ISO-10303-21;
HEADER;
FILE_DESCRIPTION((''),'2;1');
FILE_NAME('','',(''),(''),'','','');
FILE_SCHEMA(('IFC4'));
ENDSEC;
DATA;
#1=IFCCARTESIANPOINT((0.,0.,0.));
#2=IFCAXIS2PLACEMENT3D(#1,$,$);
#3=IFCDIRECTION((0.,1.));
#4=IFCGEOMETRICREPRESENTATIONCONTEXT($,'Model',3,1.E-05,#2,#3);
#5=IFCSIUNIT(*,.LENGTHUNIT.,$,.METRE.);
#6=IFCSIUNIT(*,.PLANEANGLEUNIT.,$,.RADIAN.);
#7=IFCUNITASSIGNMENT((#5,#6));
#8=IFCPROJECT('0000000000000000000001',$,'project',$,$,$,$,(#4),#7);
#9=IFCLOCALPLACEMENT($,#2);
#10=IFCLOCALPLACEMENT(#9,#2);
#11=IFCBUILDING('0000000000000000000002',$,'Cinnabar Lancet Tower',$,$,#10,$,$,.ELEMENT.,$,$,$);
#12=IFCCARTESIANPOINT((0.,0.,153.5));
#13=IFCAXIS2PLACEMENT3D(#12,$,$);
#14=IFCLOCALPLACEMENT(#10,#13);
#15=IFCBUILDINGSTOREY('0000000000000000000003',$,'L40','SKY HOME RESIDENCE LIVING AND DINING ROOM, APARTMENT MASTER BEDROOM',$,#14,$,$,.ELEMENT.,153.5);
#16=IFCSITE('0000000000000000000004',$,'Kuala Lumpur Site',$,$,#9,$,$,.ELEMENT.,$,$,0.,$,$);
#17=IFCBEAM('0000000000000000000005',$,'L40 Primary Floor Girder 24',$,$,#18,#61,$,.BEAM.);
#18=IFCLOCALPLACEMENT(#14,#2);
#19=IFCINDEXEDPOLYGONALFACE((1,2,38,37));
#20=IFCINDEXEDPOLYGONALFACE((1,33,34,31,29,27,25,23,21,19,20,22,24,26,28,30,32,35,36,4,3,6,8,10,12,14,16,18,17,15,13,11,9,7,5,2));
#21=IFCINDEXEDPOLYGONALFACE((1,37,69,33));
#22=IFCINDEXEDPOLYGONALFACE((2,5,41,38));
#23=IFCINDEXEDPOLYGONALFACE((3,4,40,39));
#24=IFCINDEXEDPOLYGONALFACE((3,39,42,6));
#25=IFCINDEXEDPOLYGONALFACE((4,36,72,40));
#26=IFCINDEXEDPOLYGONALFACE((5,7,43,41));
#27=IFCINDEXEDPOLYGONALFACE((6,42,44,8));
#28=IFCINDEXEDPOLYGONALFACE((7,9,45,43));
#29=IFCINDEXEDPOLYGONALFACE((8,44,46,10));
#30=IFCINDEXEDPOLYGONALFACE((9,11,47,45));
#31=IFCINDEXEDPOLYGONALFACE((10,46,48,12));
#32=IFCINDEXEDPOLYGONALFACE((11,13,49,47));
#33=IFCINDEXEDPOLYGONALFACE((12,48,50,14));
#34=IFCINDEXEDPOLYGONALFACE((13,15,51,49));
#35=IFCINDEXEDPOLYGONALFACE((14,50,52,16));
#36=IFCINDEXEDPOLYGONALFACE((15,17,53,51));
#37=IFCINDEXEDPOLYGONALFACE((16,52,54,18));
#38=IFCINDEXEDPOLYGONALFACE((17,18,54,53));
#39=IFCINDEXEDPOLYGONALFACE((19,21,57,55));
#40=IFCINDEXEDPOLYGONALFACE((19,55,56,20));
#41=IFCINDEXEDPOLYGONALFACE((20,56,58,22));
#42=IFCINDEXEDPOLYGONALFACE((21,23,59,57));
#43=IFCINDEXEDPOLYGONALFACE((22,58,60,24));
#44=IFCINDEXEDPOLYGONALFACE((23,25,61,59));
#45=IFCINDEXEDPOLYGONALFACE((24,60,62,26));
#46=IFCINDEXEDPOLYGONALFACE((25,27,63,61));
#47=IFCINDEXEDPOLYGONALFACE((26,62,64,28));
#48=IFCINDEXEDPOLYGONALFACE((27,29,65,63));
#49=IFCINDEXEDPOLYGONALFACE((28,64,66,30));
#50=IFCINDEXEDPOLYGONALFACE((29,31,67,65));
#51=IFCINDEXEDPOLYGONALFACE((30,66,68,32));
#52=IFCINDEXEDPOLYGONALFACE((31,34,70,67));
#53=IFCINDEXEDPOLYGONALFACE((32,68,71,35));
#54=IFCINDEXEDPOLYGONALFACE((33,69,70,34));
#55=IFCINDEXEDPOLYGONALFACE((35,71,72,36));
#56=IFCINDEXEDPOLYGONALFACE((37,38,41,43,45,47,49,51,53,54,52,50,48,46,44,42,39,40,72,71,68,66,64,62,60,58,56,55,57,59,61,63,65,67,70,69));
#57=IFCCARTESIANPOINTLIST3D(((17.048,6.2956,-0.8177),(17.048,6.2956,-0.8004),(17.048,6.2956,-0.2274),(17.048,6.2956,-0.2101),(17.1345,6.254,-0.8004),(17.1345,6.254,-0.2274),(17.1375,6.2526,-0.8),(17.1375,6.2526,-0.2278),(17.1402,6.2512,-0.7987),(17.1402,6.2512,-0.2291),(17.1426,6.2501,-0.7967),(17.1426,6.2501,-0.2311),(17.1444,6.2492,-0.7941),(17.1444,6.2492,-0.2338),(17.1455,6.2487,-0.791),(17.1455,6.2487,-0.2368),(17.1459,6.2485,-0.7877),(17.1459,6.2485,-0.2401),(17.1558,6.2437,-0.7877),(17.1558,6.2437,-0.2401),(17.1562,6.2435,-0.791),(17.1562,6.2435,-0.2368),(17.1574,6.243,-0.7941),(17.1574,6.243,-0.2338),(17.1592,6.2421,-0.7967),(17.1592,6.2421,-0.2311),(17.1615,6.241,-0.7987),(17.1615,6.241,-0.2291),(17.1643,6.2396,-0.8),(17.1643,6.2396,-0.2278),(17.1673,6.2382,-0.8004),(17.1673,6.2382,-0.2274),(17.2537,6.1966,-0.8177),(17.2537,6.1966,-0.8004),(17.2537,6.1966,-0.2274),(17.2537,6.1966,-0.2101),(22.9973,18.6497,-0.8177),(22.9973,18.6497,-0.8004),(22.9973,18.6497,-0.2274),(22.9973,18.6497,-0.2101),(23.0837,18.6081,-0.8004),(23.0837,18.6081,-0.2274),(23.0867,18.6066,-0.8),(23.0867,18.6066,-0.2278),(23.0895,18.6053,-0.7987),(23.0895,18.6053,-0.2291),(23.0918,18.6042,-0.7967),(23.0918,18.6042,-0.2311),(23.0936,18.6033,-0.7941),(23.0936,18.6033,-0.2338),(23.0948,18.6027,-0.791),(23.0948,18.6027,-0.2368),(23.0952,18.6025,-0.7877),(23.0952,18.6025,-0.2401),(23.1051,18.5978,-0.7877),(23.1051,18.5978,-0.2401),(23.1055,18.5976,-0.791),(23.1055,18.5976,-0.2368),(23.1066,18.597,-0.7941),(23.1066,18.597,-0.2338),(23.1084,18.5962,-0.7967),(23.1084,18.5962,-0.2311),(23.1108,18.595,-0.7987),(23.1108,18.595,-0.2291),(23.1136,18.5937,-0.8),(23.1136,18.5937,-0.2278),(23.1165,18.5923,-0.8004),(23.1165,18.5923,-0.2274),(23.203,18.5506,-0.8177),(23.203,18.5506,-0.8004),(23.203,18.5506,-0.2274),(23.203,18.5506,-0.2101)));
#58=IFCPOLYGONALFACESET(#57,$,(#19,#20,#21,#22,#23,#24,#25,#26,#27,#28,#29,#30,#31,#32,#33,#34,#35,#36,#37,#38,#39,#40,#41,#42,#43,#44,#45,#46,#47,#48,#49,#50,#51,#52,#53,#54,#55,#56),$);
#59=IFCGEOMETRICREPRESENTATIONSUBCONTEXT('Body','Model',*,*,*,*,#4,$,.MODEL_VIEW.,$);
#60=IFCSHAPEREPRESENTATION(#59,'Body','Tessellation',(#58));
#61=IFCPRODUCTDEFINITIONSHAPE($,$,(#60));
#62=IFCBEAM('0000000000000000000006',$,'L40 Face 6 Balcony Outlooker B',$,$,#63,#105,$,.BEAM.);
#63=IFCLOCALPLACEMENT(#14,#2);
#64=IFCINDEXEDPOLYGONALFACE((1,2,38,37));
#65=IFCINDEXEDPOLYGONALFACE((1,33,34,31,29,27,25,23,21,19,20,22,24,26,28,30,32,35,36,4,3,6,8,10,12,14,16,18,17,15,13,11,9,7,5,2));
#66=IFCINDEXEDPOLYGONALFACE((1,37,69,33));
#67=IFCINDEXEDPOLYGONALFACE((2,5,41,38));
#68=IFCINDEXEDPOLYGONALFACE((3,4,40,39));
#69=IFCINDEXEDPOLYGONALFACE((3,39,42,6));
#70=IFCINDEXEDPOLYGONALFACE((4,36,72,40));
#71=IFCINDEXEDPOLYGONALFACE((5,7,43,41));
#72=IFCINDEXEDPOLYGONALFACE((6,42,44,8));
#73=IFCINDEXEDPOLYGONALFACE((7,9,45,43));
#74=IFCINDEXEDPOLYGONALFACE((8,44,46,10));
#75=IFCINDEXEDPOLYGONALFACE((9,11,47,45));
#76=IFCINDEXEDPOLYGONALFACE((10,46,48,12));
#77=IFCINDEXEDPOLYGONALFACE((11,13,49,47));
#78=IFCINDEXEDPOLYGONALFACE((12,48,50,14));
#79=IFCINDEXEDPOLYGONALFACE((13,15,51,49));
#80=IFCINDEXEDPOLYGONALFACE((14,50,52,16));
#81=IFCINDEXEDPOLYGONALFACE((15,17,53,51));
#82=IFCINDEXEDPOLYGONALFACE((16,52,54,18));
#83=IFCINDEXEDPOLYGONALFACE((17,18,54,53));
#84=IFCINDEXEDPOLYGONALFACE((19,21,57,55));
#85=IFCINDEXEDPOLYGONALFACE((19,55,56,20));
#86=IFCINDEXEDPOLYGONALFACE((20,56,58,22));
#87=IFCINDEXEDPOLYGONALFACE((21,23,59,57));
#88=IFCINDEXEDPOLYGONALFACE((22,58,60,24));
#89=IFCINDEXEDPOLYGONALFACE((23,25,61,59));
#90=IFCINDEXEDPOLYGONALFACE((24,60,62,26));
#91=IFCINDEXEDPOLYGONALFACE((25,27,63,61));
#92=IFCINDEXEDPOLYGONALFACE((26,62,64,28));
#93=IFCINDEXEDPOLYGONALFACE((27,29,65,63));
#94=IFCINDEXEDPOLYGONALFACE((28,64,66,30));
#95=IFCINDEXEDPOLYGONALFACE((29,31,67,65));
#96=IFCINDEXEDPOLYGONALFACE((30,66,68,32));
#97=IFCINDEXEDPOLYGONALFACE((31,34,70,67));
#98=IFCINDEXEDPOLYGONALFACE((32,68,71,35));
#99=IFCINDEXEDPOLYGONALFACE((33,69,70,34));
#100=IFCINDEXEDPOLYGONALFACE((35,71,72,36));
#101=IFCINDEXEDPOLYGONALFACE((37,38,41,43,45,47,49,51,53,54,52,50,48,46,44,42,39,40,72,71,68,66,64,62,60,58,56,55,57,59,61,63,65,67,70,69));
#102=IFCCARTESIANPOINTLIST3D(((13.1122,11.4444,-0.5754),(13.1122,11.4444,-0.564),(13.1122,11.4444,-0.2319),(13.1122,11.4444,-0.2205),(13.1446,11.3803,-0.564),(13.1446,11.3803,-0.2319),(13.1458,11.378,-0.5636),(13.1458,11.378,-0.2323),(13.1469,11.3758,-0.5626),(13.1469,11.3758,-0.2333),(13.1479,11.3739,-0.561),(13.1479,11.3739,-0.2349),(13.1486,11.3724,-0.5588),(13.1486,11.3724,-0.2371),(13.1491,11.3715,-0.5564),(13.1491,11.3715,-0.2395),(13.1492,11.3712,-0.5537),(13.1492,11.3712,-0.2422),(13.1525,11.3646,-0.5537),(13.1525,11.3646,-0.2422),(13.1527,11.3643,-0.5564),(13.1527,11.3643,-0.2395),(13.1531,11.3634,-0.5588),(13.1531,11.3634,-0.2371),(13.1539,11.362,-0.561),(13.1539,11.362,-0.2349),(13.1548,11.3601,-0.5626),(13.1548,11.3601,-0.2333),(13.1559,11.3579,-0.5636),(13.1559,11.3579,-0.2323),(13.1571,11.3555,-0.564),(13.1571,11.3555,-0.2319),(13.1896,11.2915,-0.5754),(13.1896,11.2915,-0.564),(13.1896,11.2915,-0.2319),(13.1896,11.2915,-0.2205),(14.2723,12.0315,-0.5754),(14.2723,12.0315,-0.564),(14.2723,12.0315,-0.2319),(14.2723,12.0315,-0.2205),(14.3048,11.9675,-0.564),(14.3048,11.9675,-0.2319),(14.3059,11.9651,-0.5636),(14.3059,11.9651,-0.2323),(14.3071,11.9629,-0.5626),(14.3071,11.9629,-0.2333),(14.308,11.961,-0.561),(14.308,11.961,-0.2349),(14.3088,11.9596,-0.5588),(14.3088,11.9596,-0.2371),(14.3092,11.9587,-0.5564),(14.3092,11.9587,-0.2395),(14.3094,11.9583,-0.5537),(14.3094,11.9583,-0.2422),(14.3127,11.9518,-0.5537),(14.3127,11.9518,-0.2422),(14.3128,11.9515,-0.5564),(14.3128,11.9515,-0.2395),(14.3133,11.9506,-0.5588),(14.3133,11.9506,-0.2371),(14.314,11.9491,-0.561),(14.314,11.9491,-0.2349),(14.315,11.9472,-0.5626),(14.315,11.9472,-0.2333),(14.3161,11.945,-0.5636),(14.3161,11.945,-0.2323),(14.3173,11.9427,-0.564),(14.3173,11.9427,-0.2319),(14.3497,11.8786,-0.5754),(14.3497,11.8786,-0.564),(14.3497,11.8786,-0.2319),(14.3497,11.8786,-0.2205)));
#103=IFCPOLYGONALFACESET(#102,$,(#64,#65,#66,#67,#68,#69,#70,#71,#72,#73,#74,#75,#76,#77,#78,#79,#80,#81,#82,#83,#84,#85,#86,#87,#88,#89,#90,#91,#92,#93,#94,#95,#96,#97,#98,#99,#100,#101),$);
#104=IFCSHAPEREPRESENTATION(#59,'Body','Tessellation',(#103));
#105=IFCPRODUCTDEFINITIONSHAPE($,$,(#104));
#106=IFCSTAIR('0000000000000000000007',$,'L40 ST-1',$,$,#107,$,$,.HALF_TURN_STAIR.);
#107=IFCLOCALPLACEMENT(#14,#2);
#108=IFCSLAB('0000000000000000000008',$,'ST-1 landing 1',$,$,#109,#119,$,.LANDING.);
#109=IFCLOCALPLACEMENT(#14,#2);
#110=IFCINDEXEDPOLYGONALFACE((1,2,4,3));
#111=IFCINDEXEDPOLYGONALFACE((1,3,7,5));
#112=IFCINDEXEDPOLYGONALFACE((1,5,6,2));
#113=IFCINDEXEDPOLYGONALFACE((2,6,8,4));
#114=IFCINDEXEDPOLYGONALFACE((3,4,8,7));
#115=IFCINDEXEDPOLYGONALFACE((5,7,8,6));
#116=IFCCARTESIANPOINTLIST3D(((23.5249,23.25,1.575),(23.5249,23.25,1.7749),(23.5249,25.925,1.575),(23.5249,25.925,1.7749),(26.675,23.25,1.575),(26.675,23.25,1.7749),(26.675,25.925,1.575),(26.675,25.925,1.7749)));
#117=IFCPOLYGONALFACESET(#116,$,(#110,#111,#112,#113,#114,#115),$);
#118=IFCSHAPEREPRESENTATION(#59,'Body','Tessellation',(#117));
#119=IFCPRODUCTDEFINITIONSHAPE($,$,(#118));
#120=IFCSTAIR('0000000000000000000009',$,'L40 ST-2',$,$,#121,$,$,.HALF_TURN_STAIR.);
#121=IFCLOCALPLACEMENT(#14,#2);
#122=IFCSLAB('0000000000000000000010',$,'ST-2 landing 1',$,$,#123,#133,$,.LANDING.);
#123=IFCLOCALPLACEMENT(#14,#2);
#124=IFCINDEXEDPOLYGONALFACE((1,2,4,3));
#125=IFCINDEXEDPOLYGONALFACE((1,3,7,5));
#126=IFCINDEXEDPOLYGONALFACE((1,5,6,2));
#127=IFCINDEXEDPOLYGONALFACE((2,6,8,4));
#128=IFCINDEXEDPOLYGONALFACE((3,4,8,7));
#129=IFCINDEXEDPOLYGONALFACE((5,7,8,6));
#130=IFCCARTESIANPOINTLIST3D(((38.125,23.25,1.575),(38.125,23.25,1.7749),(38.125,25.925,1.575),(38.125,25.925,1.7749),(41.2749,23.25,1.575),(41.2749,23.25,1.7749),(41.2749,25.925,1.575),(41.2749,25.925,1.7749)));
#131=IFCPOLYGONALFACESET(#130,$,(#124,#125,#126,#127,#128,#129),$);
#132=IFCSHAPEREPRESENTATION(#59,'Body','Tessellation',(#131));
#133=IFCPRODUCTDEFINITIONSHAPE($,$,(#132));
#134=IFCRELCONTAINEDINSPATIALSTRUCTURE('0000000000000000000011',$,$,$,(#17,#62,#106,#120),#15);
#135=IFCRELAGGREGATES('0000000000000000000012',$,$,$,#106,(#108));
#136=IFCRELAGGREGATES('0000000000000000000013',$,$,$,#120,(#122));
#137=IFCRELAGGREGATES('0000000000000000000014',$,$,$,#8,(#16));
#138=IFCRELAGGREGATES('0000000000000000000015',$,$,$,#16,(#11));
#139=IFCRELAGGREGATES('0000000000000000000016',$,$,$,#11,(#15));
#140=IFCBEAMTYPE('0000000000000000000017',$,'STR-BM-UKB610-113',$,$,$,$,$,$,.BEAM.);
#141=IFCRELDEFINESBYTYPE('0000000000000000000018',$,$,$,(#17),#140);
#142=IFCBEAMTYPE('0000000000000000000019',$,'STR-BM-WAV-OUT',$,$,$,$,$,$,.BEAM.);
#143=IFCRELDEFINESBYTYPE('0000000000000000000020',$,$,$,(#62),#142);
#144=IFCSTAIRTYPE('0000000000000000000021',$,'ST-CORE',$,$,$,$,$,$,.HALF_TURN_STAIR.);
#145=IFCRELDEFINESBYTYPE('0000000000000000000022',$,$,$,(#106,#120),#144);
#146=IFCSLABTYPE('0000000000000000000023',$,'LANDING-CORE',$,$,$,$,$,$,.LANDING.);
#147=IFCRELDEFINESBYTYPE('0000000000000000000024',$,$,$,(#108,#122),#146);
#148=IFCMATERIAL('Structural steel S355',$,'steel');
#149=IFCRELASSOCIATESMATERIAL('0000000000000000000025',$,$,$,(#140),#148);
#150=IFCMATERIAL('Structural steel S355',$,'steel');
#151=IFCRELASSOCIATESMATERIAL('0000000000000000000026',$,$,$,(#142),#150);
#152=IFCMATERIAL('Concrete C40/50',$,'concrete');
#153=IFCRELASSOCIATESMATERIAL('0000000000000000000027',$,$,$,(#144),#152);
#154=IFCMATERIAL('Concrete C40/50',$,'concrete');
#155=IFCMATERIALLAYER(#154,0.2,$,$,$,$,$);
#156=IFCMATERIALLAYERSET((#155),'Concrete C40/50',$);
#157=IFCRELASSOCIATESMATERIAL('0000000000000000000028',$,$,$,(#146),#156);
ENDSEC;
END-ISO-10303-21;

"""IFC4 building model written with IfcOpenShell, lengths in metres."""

from ifc_helpers import new_model, si_unit, direction, frame, origin, origin_2d, place, context, subcontext, project, spatial, polyline, i_section, outline, extrude, material, layer, layer_set, material_profile, profile_set, type_object, element, aggregate, save


model = new_model("IFC4")

# Units and contexts
model_context = context("Model", 3, precision=1e-05, world=origin(), true_north=direction((0.0, 1.0)))
body_context = subcontext(model_context, "Body", "Model", "MODEL_VIEW")
ifc_project = project(units=[si_unit("LENGTHUNIT", "METRE"), si_unit("PLANEANGLEUNIT", "RADIAN")], contexts=[model_context])

# Site, building, storey
site_placement = place(None, origin())
site = spatial("IfcSite", under=ifc_project, at=site_placement, Name="Kuala Lumpur Site", CompositionType="ELEMENT", RefElevation=0.0)
building_placement = place(site_placement, origin())
building = spatial("IfcBuilding", under=site, at=building_placement, Name="Cinnabar Lancet Tower", CompositionType="ELEMENT")
storey_placement = place(building_placement, frame((0.0, 0.0, 153.5)))
storey = spatial("IfcBuildingStorey", under=building, at=storey_placement, Name="L40", Description="SKY HOME RESIDENCE LIVING AND DINING ROOM, APARTMENT MASTER BEDROOM", CompositionType="ELEMENT", Elevation=153.5)

# Beams
ifc_material_1 = material(Name="Structural steel S355", Category="steel")
ifc_material_profile_1 = material_profile(ifc_material_1, i_section(OverallWidth=0.2283, OverallDepth=0.6077, WebThickness=0.011, FlangeThickness=0.0173, FilletRadius=0.0127, at=origin_2d()), Name="UKB 610x229x113")
ifc_profile_set_1 = profile_set([ifc_material_profile_1], Name="Structural steel S355")
beam_type_1 = type_object("IfcBeamType", Name="STR-BM-UKB610-113", PredefinedType="BEAM", material=ifc_profile_set_1)
beam_1_placement = place(storey_placement, frame((17.1509, 6.2461, -0.5139), z_axis=(0.433875, 0.900973, 0.0), x_axis=(-0.900973, 0.433875, 0.0)))
element("IfcBeam", 1, at=beam_1_placement, inside=storey, type_object=beam_type_1, Name="L40 Primary Floor Girder 24", PredefinedType="BEAM", context=body_context, shape_type="SweptSolid", body=[
    extrude(i_section(OverallWidth=0.2283, OverallDepth=0.6077, WebThickness=0.011, FlangeThickness=0.0173, FilletRadius=0.0127, at=origin_2d()), origin(), (0.0, 0.0, 1.0), 13.7119),
])
ifc_material_2 = material(Name="Structural steel S355", Category="steel")
ifc_material_profile_2 = material_profile(ifc_material_2, i_section(OverallWidth=0.1714, OverallDepth=0.355, WebThickness=0.0073, FlangeThickness=0.0115, FilletRadius=0.0103, at=origin_2d()), Name="UKB 356x171x51")
ifc_profile_set_2 = profile_set([ifc_material_profile_2], Name="Structural steel S355")
beam_type_2 = type_object("IfcBeamType", Name="STR-BM-WAV-OUT", PredefinedType="BEAM", material=ifc_profile_set_2)
beam_2_placement = place(storey_placement, frame((14.311, 11.9551, -0.3979), z_axis=(-0.892239, -0.451564, 0.0), x_axis=(0.451564, -0.892239, 0.0)))
element("IfcBeam", 2, at=beam_2_placement, inside=storey, type_object=beam_type_2, Name="L40 Face 6 Balcony Outlooker B", PredefinedType="BEAM", context=body_context, shape_type="SweptSolid", body=[
    extrude(i_section(OverallWidth=0.1714, OverallDepth=0.355, WebThickness=0.0073, FlangeThickness=0.0115, FilletRadius=0.0103, at=origin_2d()), origin(), (0.0, 0.0, 1.0), 1.3003),
])

# Stairs, slabs
ifc_material_3 = material(Name="Concrete C40/50", Category="concrete")
stair_type = type_object("IfcStairType", Name="ST-CORE", PredefinedType="HALF_TURN_STAIR", material=ifc_material_3)
stair_1_placement = place(storey_placement, origin())
stair_1 = element("IfcStair", 3, at=stair_1_placement, inside=storey, type_object=stair_type, Name="L40 ST-1", PredefinedType="HALF_TURN_STAIR")
ifc_material_4 = material(Name="Concrete C40/50", Category="concrete")
ifc_layer_1 = layer(ifc_material_4, 0.2)
ifc_layer_set_1 = layer_set([ifc_layer_1], Name="Concrete C40/50")
slab_type_1 = type_object("IfcSlabType", Name="LANDING-CORE", PredefinedType="LANDING", material=ifc_layer_set_1)
slab_1_placement = place(storey_placement, frame((0.0, 0.0, 1.575)))
slab_1 = element("IfcSlab", 4, at=slab_1_placement, type_object=slab_type_1, Name="ST-1 landing 1", PredefinedType="LANDING", context=body_context, shape_type="SweptSolid", body=[
    extrude(outline(polyline([(23.5249, 25.925), (23.5249, 23.25), (26.675, 23.25), (26.675, 25.925), (23.5249, 25.925)])), origin(), (0.0, 0.0, 1.0), 0.2),
])
aggregate(stair_1, [slab_1])
stair_2_placement = place(storey_placement, origin())
stair_2 = element("IfcStair", 5, at=stair_2_placement, inside=storey, type_object=stair_type, Name="L40 ST-2", PredefinedType="HALF_TURN_STAIR")
slab_2_placement = place(storey_placement, frame((0.0, 0.0, 1.575)))
slab_2 = element("IfcSlab", 6, at=slab_2_placement, type_object=slab_type_1, Name="ST-2 landing 1", PredefinedType="LANDING", context=body_context, shape_type="SweptSolid", body=[
    extrude(outline(polyline([(38.125, 25.925), (38.125, 23.25), (41.2749, 23.25), (41.2749, 25.925), (38.125, 25.925)])), origin(), (0.0, 0.0, 1.0), 0.2),
])
aggregate(stair_2, [slab_2])

save(model, "model.ifc")
